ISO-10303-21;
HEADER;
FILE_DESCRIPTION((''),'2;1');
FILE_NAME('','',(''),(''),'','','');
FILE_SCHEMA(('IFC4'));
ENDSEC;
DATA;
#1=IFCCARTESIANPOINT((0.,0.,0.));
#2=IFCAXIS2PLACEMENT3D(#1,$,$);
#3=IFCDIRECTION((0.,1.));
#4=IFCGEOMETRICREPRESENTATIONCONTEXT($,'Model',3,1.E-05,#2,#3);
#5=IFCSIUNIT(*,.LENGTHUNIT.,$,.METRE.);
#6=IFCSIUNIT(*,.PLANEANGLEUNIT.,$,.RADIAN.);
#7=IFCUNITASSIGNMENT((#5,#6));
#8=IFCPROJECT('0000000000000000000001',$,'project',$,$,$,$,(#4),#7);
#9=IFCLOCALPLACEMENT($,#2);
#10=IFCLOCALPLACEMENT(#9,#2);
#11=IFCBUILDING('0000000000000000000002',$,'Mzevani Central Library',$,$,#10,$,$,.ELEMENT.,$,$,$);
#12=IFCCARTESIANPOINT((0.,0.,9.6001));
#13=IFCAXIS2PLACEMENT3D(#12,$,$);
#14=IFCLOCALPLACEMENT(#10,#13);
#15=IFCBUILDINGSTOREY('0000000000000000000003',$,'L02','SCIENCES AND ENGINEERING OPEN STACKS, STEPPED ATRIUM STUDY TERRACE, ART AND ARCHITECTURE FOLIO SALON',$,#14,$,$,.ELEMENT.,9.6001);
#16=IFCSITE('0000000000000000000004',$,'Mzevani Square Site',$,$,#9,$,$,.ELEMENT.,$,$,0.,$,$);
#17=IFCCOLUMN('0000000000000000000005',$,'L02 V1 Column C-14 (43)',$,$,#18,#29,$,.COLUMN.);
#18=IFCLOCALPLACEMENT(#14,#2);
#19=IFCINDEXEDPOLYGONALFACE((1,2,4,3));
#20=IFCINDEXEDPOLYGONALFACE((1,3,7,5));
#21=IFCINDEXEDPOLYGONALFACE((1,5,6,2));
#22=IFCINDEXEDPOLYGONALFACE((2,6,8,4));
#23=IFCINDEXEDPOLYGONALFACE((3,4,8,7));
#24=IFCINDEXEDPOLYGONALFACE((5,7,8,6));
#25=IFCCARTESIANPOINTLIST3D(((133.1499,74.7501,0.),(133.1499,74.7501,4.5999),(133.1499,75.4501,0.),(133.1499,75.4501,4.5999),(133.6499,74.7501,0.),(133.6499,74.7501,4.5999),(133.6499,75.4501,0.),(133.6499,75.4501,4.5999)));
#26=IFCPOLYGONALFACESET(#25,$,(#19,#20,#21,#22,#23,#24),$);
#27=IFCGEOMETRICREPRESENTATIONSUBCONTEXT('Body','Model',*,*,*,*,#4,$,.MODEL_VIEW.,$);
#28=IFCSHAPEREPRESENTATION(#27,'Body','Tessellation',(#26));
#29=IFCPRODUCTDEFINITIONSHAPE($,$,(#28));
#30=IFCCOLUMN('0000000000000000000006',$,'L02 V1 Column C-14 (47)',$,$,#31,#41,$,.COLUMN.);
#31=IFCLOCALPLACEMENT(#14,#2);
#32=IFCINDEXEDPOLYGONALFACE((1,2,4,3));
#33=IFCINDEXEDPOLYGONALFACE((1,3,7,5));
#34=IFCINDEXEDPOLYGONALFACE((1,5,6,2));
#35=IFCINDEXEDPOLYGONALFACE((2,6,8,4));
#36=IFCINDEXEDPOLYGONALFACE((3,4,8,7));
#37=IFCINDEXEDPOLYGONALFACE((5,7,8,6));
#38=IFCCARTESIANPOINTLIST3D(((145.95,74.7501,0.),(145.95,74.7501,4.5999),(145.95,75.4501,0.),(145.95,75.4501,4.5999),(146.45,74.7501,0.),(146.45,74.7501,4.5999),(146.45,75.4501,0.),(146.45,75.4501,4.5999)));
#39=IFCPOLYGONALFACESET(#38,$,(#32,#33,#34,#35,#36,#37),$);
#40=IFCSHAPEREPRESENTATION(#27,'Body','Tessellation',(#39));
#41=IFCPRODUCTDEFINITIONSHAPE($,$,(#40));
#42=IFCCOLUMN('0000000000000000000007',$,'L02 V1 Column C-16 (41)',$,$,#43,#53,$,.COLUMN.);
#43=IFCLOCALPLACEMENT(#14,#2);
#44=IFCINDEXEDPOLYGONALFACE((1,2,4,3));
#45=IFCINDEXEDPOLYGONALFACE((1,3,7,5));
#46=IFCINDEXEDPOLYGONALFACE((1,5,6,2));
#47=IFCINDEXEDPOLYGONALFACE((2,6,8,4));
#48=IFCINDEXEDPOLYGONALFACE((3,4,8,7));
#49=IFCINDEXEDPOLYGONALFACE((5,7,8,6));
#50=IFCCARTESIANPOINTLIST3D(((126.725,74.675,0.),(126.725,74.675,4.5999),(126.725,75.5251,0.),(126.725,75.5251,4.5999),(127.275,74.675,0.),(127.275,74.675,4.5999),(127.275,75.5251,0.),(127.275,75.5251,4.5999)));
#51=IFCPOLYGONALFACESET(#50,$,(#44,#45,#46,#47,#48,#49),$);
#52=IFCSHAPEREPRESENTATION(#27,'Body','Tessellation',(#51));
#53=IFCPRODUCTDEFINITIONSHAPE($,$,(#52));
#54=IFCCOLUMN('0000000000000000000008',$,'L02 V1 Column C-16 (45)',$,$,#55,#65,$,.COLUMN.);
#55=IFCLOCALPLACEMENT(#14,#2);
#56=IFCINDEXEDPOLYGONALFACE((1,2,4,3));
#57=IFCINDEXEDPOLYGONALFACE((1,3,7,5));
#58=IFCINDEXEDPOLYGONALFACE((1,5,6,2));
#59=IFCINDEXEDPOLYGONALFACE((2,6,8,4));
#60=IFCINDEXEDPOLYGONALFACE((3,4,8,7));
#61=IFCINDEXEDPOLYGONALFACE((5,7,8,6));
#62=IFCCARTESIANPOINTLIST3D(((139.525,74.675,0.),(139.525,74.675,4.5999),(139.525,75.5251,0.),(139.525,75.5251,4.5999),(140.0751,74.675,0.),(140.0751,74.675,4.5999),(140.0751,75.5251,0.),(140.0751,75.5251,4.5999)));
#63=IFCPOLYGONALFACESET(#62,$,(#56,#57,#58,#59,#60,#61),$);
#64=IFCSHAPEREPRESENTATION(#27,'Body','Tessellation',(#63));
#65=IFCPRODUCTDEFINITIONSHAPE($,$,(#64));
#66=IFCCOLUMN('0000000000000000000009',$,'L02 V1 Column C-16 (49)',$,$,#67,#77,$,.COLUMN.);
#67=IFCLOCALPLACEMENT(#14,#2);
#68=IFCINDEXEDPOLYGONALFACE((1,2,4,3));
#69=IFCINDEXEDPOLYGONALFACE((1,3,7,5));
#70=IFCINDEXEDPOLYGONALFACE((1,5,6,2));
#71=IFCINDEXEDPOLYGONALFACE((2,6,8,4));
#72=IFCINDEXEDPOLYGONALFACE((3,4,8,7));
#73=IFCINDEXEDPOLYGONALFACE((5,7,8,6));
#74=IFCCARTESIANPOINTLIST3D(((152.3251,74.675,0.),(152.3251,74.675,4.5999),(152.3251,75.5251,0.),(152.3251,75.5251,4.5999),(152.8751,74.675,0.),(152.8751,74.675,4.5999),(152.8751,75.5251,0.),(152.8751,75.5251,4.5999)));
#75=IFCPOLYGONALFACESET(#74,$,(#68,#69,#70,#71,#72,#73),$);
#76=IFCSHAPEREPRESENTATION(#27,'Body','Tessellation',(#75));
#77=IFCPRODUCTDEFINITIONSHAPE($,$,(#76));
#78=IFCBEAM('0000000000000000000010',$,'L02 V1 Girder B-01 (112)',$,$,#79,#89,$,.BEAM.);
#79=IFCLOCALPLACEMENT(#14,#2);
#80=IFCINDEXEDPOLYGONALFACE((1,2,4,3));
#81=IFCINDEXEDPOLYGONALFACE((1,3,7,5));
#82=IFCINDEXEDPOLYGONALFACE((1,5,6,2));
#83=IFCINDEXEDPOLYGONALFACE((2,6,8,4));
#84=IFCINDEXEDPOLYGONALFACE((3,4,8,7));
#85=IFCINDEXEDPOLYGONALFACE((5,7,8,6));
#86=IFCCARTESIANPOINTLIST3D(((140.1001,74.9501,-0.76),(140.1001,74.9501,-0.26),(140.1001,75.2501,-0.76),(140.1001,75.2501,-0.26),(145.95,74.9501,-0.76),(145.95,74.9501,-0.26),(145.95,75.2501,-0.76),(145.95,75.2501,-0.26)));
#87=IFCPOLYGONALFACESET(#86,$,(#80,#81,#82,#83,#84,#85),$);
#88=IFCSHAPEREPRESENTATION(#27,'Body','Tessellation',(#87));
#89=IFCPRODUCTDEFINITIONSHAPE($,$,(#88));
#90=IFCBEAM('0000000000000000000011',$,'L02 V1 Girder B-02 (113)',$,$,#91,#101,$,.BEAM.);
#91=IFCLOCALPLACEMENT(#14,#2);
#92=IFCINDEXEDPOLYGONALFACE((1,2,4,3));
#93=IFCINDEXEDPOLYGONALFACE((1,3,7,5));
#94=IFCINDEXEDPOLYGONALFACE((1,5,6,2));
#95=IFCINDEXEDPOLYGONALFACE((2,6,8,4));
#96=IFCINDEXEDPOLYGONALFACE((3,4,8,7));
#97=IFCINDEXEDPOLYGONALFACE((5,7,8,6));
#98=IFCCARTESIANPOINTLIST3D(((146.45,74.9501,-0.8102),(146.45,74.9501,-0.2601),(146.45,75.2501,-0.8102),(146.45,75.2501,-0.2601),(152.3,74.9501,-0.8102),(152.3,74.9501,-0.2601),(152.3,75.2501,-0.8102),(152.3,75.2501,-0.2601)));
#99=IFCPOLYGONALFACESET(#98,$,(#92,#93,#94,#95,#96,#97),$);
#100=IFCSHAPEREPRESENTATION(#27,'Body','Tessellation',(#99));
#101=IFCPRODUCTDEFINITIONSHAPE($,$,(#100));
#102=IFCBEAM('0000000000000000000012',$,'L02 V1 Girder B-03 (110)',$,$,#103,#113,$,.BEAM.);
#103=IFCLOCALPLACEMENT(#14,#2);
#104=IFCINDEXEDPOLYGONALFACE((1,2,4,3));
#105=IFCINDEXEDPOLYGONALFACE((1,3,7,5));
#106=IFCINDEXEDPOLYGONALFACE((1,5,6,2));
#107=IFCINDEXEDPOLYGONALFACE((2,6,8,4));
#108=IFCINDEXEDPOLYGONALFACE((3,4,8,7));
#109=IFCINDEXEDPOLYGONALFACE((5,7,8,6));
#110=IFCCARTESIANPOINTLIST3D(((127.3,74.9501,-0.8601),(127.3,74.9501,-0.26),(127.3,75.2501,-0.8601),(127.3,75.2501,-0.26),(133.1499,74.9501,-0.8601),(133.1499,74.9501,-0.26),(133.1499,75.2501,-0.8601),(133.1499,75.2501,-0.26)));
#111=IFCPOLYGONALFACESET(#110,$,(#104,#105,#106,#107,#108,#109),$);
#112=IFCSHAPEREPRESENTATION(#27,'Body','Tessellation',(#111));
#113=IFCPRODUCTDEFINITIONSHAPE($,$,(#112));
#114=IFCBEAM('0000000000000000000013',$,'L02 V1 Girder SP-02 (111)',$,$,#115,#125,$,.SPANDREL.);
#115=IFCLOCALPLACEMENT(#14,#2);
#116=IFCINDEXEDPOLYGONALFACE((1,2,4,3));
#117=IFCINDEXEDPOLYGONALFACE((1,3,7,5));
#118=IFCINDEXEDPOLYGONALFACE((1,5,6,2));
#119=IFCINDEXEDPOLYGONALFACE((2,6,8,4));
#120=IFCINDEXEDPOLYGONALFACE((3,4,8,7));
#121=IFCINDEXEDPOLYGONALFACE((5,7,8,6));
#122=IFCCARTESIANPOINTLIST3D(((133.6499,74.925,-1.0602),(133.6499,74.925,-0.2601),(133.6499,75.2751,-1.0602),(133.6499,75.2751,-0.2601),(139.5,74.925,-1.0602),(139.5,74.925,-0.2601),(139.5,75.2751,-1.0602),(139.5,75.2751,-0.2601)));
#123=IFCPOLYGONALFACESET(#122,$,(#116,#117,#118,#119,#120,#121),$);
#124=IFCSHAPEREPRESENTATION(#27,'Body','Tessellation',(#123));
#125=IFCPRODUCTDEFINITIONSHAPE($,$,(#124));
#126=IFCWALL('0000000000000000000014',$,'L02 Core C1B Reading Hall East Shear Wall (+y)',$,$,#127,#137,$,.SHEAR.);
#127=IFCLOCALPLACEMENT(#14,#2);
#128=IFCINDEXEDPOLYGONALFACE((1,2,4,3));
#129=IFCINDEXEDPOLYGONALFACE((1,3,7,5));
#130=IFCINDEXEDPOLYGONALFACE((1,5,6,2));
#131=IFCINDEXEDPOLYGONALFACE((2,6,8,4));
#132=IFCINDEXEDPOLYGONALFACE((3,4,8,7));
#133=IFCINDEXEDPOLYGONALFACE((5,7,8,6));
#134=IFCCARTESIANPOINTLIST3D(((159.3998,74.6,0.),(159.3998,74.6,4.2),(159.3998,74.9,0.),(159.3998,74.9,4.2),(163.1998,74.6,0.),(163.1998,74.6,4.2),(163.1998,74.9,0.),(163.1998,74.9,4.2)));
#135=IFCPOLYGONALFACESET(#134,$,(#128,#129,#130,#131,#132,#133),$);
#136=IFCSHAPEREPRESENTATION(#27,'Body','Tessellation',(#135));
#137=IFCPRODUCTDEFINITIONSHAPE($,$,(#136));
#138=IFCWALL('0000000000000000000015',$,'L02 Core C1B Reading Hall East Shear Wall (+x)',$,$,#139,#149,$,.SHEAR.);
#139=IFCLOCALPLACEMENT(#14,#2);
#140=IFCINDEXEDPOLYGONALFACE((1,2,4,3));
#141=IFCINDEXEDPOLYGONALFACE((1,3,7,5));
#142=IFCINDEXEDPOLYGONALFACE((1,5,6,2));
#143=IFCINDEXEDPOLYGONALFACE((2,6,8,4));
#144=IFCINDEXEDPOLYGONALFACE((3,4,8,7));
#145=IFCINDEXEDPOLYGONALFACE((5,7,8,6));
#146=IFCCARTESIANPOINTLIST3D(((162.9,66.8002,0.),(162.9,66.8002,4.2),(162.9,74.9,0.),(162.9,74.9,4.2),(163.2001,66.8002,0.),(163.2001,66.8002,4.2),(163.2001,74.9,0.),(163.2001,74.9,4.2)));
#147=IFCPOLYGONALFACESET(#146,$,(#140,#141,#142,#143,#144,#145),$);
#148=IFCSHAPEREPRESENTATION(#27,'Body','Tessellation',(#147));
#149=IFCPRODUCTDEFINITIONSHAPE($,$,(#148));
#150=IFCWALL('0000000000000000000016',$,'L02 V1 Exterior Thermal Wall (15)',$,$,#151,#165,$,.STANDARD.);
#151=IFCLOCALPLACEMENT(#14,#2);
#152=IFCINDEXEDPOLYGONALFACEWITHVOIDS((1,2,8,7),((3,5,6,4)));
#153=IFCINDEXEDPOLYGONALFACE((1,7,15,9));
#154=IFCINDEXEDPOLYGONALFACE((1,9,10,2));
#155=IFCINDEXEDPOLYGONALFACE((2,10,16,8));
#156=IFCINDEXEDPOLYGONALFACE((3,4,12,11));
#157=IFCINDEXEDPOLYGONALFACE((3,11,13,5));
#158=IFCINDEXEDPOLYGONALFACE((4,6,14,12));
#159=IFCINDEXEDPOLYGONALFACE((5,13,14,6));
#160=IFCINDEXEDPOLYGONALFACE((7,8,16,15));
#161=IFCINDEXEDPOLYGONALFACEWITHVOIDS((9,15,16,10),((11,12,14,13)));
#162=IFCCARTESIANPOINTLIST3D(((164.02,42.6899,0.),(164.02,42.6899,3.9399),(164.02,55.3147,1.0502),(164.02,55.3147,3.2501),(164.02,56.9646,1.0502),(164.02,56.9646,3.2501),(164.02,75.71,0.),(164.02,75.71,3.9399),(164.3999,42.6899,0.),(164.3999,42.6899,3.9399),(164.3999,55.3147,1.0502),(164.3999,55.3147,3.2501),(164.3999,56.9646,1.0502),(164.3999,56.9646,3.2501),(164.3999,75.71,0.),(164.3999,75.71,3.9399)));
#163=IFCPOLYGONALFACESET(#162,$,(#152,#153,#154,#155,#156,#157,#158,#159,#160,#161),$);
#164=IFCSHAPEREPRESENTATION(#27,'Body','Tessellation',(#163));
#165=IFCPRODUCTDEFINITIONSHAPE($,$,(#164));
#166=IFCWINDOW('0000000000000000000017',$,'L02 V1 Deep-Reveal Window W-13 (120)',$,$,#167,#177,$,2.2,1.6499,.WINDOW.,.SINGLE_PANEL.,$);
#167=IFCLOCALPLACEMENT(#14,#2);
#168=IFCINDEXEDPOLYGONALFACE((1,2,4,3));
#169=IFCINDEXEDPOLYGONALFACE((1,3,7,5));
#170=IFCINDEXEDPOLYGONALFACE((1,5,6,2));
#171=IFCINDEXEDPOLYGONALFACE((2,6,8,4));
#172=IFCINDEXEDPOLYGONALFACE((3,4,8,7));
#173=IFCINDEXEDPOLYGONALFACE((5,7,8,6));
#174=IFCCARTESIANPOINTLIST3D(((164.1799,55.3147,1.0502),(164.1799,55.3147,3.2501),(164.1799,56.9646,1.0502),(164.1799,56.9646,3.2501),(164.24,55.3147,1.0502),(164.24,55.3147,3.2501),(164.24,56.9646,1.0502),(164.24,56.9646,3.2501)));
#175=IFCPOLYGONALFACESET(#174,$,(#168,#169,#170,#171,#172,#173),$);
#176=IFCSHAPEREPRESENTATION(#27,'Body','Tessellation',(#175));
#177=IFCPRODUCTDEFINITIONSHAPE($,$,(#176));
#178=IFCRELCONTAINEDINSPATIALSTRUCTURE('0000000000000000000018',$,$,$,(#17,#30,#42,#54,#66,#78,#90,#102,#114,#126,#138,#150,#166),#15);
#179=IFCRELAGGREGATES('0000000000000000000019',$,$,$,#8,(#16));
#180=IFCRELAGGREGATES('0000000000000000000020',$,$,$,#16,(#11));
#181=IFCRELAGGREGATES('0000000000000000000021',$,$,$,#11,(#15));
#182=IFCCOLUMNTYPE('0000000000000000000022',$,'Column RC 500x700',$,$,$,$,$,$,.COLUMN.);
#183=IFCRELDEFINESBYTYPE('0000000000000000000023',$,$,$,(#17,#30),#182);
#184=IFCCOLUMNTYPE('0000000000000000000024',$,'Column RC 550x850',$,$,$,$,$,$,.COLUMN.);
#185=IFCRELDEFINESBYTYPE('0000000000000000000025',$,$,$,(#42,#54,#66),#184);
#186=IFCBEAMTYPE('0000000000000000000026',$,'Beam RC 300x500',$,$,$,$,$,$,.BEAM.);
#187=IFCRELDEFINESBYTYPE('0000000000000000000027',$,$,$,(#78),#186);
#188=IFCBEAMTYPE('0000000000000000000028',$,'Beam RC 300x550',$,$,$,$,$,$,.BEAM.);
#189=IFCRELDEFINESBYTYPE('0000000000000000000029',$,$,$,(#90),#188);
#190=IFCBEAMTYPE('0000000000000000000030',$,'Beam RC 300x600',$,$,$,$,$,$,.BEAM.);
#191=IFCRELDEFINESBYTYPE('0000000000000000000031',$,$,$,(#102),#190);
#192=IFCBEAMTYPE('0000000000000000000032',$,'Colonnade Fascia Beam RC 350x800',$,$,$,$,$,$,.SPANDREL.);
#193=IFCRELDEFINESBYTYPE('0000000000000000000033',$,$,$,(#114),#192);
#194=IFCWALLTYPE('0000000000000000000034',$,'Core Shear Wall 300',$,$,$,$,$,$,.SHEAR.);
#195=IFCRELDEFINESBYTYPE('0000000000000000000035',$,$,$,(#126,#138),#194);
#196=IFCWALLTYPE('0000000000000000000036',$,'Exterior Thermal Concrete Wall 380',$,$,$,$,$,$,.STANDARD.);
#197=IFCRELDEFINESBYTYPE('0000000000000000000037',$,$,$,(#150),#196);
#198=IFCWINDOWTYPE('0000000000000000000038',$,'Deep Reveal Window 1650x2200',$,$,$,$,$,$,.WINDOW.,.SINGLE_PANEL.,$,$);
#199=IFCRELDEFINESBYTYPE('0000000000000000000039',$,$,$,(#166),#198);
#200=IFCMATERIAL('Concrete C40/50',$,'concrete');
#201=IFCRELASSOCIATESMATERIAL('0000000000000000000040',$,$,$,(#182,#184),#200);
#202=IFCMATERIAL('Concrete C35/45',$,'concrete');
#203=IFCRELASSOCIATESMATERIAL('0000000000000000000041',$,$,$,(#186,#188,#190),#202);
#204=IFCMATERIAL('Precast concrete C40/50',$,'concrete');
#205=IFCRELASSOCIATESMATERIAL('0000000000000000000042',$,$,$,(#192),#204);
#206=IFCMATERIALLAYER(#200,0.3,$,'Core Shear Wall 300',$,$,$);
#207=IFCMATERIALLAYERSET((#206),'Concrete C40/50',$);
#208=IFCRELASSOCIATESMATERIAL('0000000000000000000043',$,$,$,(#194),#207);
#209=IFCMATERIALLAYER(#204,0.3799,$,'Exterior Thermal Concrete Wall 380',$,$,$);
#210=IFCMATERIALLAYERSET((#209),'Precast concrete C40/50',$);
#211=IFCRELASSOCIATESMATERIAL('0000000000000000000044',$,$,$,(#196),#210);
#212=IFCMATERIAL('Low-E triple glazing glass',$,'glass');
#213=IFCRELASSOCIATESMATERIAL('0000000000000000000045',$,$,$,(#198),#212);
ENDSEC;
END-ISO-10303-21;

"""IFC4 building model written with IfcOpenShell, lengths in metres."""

from ifc_helpers import new_model, si_unit, direction, frame, frame_2d, origin, origin_2d, place, context, subcontext, project, spatial, rectangle, extrude, material, layer, layer_set, material_profile, profile_set, type_object, element, fill, save


model = new_model("IFC4")

# Units and contexts
model_context = context("Model", 3, precision=1e-05, world=origin(), true_north=direction((0.0, 1.0)))
body_context = subcontext(model_context, "Body", "Model", "MODEL_VIEW")
ifc_project = project(units=[si_unit("LENGTHUNIT", "METRE"), si_unit("PLANEANGLEUNIT", "RADIAN")], contexts=[model_context])

# Site, building, storey
site_placement = place(None, origin())
site = spatial("IfcSite", under=ifc_project, at=site_placement, Name="Mzevani Square Site", CompositionType="ELEMENT", RefElevation=0.0)
building_placement = place(site_placement, origin())
building = spatial("IfcBuilding", under=site, at=building_placement, Name="Mzevani Central Library", CompositionType="ELEMENT")
storey_placement = place(building_placement, frame((0.0, 0.0, 9.6001)))
storey = spatial("IfcBuildingStorey", under=building, at=storey_placement, Name="L02", Description="SCIENCES AND ENGINEERING OPEN STACKS, STEPPED ATRIUM STUDY TERRACE, ART AND ARCHITECTURE FOLIO SALON", CompositionType="ELEMENT", Elevation=9.6001)

# Columns
ifc_material_1 = material(Name="Concrete C40/50", Category="concrete")
ifc_material_profile_1 = material_profile(ifc_material_1, rectangle(XDim=0.5, YDim=0.7, at=origin_2d()), Name="RC 500x700")
ifc_profile_set_1 = profile_set([ifc_material_profile_1], Name="Concrete C40/50")
column_type_1 = type_object("IfcColumnType", Name="Column RC 500x700", PredefinedType="COLUMN", material=ifc_profile_set_1)
for number, where, z_axis, x_axis, name in (
    (1, (133.3999, 75.1001, 0.0), (0.0, 0.0, 1.0), (1.0, 0.0, 0.0), "L02 V1 Column C-14 (43)"),
    (2, (146.2, 75.1001, 0.0), (0.0, 0.0, 1.0), (1.0, 0.0, 0.0), "L02 V1 Column C-14 (47)"),
):
    element("IfcColumn", number, at=place(storey_placement, frame(where, z_axis=z_axis, x_axis=x_axis)), inside=storey, type_object=column_type_1, Name=name, PredefinedType="COLUMN", context=body_context, shape_type="SweptSolid", body=[
        extrude(rectangle(XDim=0.5, YDim=0.7, at=origin_2d()), origin(), (0.0, 0.0, 1.0), 4.5999),
    ])
ifc_material_profile_2 = material_profile(ifc_material_1, rectangle(XDim=0.55, YDim=0.8501, at=origin_2d()), Name="RC 550x850")
ifc_profile_set_2 = profile_set([ifc_material_profile_2], Name="Concrete C40/50")
column_type_2 = type_object("IfcColumnType", Name="Column RC 550x850", PredefinedType="COLUMN", material=ifc_profile_set_2)
for number, where, z_axis, x_axis, name in (
    (3, (127.0, 75.1001, 0.0), (0.0, 0.0, 1.0), (1.0, 0.0, 0.0), "L02 V1 Column C-16 (41)"),
    (4, (139.8, 75.1001, 0.0), (0.0, 0.0, 1.0), (1.0, 0.0, 0.0), "L02 V1 Column C-16 (45)"),
    (5, (152.6001, 75.1001, 0.0), (0.0, 0.0, 1.0), (1.0, 0.0, 0.0), "L02 V1 Column C-16 (49)"),
):
    element("IfcColumn", number, at=place(storey_placement, frame(where, z_axis=z_axis, x_axis=x_axis)), inside=storey, type_object=column_type_2, Name=name, PredefinedType="COLUMN", context=body_context, shape_type="SweptSolid", body=[
        extrude(rectangle(XDim=0.55, YDim=0.8501, at=origin_2d()), origin(), (0.0, 0.0, 1.0), 4.5999),
    ])

# Beams
ifc_material_2 = material(Name="Concrete C35/45", Category="concrete")
ifc_material_profile_3 = material_profile(ifc_material_2, rectangle(XDim=0.3, YDim=0.5, at=origin_2d()), Name="RC B300x500")
ifc_profile_set_3 = profile_set([ifc_material_profile_3], Name="Concrete C35/45")
beam_type_1 = type_object("IfcBeamType", Name="Beam RC 300x500", PredefinedType="BEAM", material=ifc_profile_set_3)
beam_1_placement = place(storey_placement, frame((140.1001, 75.1001, -0.51), z_axis=(1.0, 0.0, 0.0), x_axis=(0.0, 1.0, 0.0)))
element("IfcBeam", 6, at=beam_1_placement, inside=storey, type_object=beam_type_1, Name="L02 V1 Girder B-01 (112)", PredefinedType="BEAM", context=body_context, shape_type="SweptSolid", body=[
    extrude(rectangle(XDim=0.3, YDim=0.5, at=origin_2d()), origin(), (0.0, 0.0, 1.0), 5.8499),
])
ifc_material_profile_4 = material_profile(ifc_material_2, rectangle(XDim=0.3, YDim=0.55, at=origin_2d()), Name="RC B300x550")
ifc_profile_set_4 = profile_set([ifc_material_profile_4], Name="Concrete C35/45")
beam_type_2 = type_object("IfcBeamType", Name="Beam RC 300x550", PredefinedType="BEAM", material=ifc_profile_set_4)
beam_2_placement = place(storey_placement, frame((146.45, 75.1001, -0.5352), z_axis=(1.0, 0.0, 0.0), x_axis=(0.0, 1.0, 0.0)))
element("IfcBeam", 7, at=beam_2_placement, inside=storey, type_object=beam_type_2, Name="L02 V1 Girder B-02 (113)", PredefinedType="BEAM", context=body_context, shape_type="SweptSolid", body=[
    extrude(rectangle(XDim=0.3, YDim=0.55, at=origin_2d()), origin(), (0.0, 0.0, 1.0), 5.8501),
])
ifc_material_profile_5 = material_profile(ifc_material_2, rectangle(XDim=0.3, YDim=0.6001, at=origin_2d()), Name="RC B300x600")
ifc_profile_set_5 = profile_set([ifc_material_profile_5], Name="Concrete C35/45")
beam_type_3 = type_object("IfcBeamType", Name="Beam RC 300x600", PredefinedType="BEAM", material=ifc_profile_set_5)
beam_3_placement = place(storey_placement, frame((127.3, 75.1001, -0.5601), z_axis=(1.0, 0.0, 0.0), x_axis=(0.0, 1.0, 0.0)))
element("IfcBeam", 8, at=beam_3_placement, inside=storey, type_object=beam_type_3, Name="L02 V1 Girder B-03 (110)", PredefinedType="BEAM", context=body_context, shape_type="SweptSolid", body=[
    extrude(rectangle(XDim=0.3, YDim=0.6001, at=origin_2d()), origin(), (0.0, 0.0, 1.0), 5.8499),
])
ifc_material_3 = material(Name="Precast concrete C40/50", Category="concrete")
ifc_material_profile_6 = material_profile(ifc_material_3, rectangle(XDim=0.3501, YDim=0.8, at=origin_2d()), Name="RC SP350x800")
ifc_profile_set_6 = profile_set([ifc_material_profile_6], Name="Precast concrete C40/50")
beam_type_4 = type_object("IfcBeamType", Name="Colonnade Fascia Beam RC 350x800", PredefinedType="SPANDREL", material=ifc_profile_set_6)
beam_4_placement = place(storey_placement, frame((133.6499, 75.1001, -0.6602), z_axis=(1.0, 0.0, 0.0), x_axis=(0.0, 1.0, 0.0)))
element("IfcBeam", 9, at=beam_4_placement, inside=storey, type_object=beam_type_4, Name="L02 V1 Girder SP-02 (111)", PredefinedType="SPANDREL", context=body_context, shape_type="SweptSolid", body=[
    extrude(rectangle(XDim=0.3501, YDim=0.8, at=origin_2d()), origin(), (0.0, 0.0, 1.0), 5.8501),
])

# Walls
ifc_layer_1 = layer(ifc_material_1, 0.3, Name="Core Shear Wall 300")
ifc_layer_set_1 = layer_set([ifc_layer_1], Name="Concrete C40/50")
wall_type_1 = type_object("IfcWallType", Name="Core Shear Wall 300", PredefinedType="SHEAR", material=ifc_layer_set_1)
wall_1_placement = place(storey_placement, frame((159.3999, 74.75, 0.0), z_axis=(0.0, 0.0, 1.0), x_axis=(1.0, 0.0, 0.0)))
element("IfcWall", 10, at=wall_1_placement, inside=storey, type_object=wall_type_1, Name="L02 Core C1B Reading Hall East Shear Wall (+y)", PredefinedType="SHEAR", context=body_context, shape_type="SweptSolid", body=[
    extrude(rectangle(XDim=3.8, YDim=0.3, at=frame_2d((1.8999, 0.0))), origin(), (0.0, 0.0, 1.0), 4.2),
])
wall_2_placement = place(storey_placement, frame((163.05, 74.8999, 0.0), z_axis=(0.0, 0.0, 1.0), x_axis=(0.0, -1.0, 0.0)))
element("IfcWall", 11, at=wall_2_placement, inside=storey, type_object=wall_type_1, Name="L02 Core C1B Reading Hall East Shear Wall (+x)", PredefinedType="SHEAR", context=body_context, shape_type="SweptSolid", body=[
    extrude(rectangle(XDim=8.0999, YDim=0.3, at=frame_2d((4.0498, 0.0))), origin(), (0.0, 0.0, 1.0), 4.2),
])

# Wall, opening, window
ifc_layer_2 = layer(ifc_material_3, 0.3799, Name="Exterior Thermal Concrete Wall 380")
ifc_layer_set_2 = layer_set([ifc_layer_2], Name="Precast concrete C40/50")
wall_type_2 = type_object("IfcWallType", Name="Exterior Thermal Concrete Wall 380", PredefinedType="STANDARD", material=ifc_layer_set_2)
wall_3_placement = place(storey_placement, frame((164.21, 75.71, 0.0), z_axis=(0.0, 0.0, 1.0), x_axis=(0.0, -1.0, 0.0)))
wall_3 = element("IfcWall", 12, at=wall_3_placement, inside=storey, type_object=wall_type_2, Name="L02 V1 Exterior Thermal Wall (15)", PredefinedType="STANDARD", context=body_context, shape_type="SweptSolid", body=[
    extrude(rectangle(XDim=33.02, YDim=0.3799, at=frame_2d((16.51, 0.0))), origin(), (0.0, 0.0, 1.0), 3.9399),
])
opening_placement = place(wall_3_placement, frame((18.7454, 0.0, 1.05)))
opening = element("IfcOpeningElement", 13, at=opening_placement, cuts=wall_3, PredefinedType="OPENING", context=body_context, shape_type="SweptSolid", body=[
    extrude(rectangle(XDim=1.6499, YDim=2.2, at=frame_2d((0.825, 1.1001))), frame((0.0, 0.2, 0.0), z_axis=(0.0, -1.0, 0.0), x_axis=(1.0, 0.0, 0.0)), (0.0, 0.0, 1.0), 0.3999),
])
ifc_material_4 = material(Name="Low-E triple glazing glass", Category="glass")
window_type = type_object("IfcWindowType", Name="Deep Reveal Window 1650x2200", PartitioningType="SINGLE_PANEL", PredefinedType="WINDOW", material=ifc_material_4)
window_placement = place(opening_placement, origin())
window = element("IfcWindow", 14, at=window_placement, inside=storey, type_object=window_type, Name="L02 V1 Deep-Reveal Window W-13 (120)", OverallHeight=2.2, OverallWidth=1.6499, PartitioningType="SINGLE_PANEL", PredefinedType="WINDOW", context=body_context, shape_type="SweptSolid", body=[
    extrude(rectangle(XDim=1.6499, YDim=2.2, at=frame_2d((0.825, 1.1001))), frame((0.0, 0.03, 0.0), z_axis=(0.0, -1.0, 0.0), x_axis=(1.0, 0.0, 0.0)), (0.0, 0.0, 1.0), 0.0601),
])
fill(opening, window)

save(model, "model.ifc")
